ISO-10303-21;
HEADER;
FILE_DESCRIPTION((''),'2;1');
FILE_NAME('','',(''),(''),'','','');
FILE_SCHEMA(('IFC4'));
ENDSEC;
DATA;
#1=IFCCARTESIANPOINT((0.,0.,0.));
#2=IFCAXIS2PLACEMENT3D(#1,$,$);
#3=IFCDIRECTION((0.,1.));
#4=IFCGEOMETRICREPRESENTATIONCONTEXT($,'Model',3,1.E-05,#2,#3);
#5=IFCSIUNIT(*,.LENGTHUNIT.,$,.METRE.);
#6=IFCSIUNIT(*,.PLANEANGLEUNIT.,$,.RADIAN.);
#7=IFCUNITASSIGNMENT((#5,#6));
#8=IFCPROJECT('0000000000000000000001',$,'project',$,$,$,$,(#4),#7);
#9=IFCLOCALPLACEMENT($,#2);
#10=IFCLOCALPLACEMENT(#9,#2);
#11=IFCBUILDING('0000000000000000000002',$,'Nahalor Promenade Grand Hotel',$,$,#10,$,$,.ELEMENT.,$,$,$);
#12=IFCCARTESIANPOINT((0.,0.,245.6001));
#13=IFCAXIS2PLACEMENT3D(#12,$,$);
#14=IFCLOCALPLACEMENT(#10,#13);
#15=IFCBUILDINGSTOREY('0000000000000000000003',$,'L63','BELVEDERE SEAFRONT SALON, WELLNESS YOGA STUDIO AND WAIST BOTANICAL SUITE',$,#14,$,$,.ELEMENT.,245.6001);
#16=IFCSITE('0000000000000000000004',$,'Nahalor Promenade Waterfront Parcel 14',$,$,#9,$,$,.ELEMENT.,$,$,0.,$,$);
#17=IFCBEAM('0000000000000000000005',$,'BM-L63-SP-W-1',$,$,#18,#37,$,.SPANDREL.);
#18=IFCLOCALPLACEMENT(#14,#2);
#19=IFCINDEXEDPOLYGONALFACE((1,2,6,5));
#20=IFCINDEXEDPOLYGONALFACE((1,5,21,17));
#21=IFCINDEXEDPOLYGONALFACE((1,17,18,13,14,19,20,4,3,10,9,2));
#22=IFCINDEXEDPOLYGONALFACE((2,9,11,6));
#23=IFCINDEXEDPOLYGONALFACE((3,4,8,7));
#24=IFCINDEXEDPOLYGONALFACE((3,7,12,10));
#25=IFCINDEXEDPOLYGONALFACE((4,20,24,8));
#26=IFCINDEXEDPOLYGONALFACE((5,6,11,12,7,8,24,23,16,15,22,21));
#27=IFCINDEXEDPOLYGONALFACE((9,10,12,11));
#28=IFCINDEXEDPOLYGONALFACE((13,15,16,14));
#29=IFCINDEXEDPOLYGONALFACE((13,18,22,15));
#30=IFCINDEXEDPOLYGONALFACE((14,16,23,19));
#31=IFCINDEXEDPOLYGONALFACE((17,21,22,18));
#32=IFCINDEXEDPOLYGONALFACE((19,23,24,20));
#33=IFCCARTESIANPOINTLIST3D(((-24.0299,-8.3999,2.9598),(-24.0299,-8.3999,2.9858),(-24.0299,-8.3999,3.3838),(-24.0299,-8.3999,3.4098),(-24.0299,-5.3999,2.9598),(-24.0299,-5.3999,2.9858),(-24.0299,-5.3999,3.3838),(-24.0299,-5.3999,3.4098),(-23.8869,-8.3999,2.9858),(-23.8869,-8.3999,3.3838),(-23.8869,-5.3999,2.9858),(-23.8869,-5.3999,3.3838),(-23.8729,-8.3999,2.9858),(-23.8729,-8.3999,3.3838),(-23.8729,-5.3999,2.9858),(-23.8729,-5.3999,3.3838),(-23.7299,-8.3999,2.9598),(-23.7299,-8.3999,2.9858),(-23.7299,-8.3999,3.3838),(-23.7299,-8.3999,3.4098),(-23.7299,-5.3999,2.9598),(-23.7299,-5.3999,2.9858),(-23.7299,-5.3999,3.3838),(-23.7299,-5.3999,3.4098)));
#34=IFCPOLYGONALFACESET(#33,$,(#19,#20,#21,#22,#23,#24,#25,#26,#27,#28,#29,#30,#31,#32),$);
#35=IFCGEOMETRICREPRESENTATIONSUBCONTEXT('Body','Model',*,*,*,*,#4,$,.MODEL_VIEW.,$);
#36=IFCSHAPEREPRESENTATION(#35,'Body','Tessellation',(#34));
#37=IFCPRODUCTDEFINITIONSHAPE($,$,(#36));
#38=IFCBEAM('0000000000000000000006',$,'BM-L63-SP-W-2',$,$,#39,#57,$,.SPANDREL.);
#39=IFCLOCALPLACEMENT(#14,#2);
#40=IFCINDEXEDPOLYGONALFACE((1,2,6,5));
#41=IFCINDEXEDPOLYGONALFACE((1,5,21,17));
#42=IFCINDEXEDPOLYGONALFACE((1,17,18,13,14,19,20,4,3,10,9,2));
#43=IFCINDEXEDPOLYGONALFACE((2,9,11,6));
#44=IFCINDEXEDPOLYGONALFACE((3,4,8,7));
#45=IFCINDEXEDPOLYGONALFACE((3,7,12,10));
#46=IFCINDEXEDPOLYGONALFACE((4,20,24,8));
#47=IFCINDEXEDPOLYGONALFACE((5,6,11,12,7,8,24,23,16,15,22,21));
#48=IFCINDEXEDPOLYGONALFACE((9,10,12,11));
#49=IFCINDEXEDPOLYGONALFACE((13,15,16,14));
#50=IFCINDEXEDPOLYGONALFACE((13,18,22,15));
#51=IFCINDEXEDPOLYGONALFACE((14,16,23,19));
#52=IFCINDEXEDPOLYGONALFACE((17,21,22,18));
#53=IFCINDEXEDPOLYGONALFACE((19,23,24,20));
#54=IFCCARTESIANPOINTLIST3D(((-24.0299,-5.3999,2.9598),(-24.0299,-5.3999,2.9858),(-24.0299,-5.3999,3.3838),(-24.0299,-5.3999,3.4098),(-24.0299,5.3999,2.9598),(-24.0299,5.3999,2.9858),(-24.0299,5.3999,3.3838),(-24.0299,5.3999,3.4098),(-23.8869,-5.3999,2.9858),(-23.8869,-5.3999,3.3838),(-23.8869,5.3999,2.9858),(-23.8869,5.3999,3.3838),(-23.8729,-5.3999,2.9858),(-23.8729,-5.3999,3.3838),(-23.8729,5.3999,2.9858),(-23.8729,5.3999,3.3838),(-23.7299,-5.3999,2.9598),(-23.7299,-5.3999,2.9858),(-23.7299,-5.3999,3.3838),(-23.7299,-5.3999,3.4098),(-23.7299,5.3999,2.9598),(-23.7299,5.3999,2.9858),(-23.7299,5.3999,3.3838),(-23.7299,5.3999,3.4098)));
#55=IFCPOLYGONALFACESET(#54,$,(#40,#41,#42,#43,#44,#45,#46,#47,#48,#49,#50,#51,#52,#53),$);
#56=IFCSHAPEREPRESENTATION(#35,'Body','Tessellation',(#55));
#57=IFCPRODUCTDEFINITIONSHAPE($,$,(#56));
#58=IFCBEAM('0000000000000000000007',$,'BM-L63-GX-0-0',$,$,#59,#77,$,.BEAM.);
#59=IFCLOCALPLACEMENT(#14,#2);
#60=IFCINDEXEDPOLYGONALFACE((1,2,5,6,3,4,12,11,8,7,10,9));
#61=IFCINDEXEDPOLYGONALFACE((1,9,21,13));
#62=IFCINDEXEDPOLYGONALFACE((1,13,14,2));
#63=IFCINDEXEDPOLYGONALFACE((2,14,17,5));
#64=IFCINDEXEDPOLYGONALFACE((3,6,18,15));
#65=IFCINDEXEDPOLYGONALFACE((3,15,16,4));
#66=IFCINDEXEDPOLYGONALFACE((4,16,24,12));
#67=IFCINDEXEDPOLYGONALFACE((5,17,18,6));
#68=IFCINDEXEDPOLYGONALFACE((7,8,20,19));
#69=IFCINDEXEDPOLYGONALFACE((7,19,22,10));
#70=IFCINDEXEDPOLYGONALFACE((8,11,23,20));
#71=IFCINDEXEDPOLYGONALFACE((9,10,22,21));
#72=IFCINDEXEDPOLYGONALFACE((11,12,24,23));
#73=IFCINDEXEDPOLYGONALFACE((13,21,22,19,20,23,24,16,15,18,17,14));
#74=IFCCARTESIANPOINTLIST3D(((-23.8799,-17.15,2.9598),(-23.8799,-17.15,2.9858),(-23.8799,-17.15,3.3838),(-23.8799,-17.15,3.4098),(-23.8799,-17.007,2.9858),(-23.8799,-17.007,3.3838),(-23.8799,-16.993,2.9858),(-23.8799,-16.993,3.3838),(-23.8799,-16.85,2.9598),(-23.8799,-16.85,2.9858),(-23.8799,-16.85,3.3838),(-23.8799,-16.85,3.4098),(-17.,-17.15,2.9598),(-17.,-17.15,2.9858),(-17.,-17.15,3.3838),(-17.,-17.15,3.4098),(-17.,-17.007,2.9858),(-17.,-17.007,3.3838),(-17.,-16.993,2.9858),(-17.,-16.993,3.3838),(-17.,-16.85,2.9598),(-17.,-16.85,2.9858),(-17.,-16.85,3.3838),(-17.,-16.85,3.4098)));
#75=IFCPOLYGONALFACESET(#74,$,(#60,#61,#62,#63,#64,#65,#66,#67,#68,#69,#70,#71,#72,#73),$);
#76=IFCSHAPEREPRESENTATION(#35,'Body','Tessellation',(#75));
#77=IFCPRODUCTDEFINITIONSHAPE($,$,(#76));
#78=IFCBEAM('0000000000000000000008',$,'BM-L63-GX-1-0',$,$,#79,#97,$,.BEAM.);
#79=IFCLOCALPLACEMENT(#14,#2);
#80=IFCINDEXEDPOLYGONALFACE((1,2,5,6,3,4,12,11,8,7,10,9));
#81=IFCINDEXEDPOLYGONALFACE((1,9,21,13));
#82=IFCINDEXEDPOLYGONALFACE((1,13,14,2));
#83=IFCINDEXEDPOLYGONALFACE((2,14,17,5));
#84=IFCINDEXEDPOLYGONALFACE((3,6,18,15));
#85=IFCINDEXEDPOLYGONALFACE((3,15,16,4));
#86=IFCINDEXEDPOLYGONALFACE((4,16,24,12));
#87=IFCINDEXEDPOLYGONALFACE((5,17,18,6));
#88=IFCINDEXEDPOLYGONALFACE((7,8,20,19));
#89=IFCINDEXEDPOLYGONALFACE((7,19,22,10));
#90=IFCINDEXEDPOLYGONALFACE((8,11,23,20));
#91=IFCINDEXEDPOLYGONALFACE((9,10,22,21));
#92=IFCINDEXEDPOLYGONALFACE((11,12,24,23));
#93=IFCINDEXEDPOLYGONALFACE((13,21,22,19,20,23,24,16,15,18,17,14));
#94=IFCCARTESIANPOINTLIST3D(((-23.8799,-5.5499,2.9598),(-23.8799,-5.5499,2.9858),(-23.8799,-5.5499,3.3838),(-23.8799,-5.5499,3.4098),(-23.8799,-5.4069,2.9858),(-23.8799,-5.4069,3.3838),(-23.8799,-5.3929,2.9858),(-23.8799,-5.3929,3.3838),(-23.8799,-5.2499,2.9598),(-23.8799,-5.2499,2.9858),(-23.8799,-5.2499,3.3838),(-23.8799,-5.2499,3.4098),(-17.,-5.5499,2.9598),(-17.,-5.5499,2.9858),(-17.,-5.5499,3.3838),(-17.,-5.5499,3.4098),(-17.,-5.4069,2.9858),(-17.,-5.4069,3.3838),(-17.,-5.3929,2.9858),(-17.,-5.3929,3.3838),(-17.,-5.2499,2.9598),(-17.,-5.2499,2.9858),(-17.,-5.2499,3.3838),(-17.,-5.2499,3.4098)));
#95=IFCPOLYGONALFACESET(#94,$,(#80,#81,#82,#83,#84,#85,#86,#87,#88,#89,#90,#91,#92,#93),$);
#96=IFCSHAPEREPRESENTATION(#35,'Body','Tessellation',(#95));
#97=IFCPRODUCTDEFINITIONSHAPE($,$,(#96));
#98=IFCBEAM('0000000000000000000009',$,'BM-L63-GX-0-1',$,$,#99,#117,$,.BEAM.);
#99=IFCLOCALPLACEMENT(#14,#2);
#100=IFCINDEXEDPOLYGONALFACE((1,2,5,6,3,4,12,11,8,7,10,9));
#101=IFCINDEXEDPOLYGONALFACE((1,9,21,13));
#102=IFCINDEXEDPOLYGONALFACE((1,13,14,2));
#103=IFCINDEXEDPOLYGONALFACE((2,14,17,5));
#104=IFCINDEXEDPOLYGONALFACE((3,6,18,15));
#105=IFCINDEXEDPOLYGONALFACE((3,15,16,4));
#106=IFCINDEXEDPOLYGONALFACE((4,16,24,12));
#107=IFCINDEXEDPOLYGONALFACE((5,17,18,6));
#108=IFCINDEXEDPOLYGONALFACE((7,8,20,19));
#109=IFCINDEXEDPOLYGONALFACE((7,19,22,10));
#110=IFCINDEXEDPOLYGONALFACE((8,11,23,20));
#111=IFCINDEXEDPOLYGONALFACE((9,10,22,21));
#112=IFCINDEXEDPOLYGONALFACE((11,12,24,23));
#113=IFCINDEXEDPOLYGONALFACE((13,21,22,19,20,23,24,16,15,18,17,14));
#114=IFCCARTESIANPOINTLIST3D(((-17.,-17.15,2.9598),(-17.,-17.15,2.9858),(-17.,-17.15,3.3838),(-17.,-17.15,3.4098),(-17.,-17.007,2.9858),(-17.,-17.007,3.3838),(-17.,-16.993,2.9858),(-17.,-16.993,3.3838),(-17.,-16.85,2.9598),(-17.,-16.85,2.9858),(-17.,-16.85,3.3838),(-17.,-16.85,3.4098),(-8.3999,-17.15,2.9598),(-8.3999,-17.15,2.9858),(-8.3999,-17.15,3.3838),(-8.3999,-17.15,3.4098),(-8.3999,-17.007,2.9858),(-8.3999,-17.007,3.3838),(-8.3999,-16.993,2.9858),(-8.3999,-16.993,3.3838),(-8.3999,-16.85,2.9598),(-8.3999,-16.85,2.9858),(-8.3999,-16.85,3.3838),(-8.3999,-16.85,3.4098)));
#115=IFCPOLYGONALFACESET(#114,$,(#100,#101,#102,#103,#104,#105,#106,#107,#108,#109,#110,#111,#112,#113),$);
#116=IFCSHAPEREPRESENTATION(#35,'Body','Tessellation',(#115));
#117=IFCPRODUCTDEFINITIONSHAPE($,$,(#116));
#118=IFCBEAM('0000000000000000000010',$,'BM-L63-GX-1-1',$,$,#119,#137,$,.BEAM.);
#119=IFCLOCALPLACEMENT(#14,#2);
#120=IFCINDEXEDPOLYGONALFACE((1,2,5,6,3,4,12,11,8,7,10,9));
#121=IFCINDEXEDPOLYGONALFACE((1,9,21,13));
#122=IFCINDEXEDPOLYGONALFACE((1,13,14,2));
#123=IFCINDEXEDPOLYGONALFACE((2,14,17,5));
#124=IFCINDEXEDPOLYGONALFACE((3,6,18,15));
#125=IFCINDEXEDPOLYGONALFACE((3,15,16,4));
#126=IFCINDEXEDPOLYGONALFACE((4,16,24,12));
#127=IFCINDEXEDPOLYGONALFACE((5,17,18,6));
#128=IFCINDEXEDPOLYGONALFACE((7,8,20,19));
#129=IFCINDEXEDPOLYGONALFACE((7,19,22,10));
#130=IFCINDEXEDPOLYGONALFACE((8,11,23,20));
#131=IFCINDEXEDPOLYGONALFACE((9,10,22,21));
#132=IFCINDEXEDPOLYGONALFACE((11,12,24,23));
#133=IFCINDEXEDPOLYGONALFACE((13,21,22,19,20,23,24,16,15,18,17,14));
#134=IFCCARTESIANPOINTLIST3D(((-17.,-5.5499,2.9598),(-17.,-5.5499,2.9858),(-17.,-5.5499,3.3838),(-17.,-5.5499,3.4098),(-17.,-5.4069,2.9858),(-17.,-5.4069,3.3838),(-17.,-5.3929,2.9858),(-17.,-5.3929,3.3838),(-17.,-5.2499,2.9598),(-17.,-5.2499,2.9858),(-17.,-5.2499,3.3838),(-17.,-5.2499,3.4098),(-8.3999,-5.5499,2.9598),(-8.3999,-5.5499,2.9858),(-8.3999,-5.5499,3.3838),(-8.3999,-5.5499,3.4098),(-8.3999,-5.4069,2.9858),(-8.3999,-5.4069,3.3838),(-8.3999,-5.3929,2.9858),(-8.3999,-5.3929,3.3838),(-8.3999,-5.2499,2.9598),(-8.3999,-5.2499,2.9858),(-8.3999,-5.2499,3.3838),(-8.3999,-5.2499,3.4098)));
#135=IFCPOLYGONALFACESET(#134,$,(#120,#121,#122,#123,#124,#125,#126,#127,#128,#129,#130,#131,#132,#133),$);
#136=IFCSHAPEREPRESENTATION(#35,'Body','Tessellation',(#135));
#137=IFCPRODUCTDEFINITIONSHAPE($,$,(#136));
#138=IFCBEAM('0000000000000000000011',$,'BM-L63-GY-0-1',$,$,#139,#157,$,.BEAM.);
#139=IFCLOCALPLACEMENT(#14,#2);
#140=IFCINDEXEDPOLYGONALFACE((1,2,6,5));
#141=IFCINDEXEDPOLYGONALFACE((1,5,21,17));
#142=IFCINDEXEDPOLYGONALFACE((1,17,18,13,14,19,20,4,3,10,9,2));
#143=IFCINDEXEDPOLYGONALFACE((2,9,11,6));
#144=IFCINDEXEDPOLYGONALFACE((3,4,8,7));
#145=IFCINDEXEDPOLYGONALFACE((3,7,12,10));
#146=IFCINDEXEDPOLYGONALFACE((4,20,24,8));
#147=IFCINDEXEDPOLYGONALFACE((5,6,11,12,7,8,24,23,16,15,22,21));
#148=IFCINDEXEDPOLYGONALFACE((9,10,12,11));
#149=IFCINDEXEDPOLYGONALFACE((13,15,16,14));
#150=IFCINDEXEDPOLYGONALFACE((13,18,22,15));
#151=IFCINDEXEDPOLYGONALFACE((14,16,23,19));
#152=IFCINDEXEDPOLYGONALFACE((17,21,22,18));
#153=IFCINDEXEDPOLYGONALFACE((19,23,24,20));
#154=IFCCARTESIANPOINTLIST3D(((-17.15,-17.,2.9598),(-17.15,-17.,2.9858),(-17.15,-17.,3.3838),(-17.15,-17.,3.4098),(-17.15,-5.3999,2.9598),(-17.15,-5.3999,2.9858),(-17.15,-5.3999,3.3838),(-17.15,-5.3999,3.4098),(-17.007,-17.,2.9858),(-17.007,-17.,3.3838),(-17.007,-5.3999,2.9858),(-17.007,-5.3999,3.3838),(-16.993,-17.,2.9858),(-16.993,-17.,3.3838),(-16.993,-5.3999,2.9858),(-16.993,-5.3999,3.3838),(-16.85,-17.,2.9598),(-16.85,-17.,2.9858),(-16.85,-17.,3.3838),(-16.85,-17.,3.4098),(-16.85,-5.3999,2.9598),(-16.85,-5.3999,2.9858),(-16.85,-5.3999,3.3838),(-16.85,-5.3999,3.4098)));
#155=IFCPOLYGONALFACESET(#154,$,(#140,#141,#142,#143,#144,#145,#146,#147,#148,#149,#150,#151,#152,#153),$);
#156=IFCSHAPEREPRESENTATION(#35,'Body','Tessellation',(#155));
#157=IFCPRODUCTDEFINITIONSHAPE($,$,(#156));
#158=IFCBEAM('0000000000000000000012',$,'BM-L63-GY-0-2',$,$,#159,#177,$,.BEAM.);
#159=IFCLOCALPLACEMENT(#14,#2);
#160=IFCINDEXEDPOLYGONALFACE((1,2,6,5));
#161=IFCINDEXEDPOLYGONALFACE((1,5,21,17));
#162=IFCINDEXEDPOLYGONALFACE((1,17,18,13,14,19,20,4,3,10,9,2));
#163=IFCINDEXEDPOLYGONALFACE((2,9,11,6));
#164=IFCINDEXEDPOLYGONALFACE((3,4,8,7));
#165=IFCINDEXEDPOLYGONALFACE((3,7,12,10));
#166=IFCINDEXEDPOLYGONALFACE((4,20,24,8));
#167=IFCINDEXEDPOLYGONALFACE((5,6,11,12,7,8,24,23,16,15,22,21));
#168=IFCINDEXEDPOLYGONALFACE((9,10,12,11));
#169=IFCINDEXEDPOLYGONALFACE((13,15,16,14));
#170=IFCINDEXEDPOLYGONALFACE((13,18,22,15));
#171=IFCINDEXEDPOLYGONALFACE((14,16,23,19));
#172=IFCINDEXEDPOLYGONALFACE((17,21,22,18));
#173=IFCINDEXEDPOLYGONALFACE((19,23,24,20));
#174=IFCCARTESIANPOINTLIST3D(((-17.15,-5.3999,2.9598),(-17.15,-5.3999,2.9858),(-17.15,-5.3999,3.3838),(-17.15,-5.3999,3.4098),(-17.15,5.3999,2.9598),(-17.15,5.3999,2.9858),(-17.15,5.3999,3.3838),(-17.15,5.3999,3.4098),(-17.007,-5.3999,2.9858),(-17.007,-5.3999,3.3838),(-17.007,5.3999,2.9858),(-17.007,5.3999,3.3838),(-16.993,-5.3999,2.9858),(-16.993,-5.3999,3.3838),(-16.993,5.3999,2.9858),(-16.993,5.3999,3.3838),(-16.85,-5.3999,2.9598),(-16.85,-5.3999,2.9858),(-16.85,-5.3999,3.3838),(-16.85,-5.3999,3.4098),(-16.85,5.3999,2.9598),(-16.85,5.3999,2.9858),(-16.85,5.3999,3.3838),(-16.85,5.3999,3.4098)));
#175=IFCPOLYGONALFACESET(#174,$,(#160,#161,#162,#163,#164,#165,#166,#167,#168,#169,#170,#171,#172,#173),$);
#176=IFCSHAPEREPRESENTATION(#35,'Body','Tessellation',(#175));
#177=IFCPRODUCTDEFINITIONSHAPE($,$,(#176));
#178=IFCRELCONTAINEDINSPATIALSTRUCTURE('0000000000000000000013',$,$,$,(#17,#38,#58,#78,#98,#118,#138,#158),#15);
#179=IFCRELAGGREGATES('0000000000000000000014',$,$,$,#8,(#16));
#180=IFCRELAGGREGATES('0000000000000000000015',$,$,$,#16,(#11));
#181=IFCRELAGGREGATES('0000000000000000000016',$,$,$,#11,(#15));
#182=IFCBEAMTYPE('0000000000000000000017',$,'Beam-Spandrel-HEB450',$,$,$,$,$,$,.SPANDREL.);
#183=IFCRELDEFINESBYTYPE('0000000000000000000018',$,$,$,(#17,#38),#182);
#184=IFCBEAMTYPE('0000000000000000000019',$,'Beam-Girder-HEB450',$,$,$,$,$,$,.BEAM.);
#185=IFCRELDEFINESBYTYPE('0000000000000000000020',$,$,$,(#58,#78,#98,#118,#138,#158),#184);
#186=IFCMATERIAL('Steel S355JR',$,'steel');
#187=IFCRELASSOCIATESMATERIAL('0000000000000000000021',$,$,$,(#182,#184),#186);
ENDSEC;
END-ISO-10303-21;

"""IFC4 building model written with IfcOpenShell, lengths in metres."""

from ifc_helpers import new_model, si_unit, direction, frame, origin, origin_2d, place, context, subcontext, project, spatial, i_section, extrude, source, transform, mapped, material, material_profile, profile_set, type_object, element, save


model = new_model("IFC4")

# Units and contexts
model_context = context("Model", 3, precision=1e-05, world=origin(), true_north=direction((0.0, 1.0)))
body_context = subcontext(model_context, "Body", "Model", "MODEL_VIEW")
ifc_project = project(units=[si_unit("LENGTHUNIT", "METRE"), si_unit("PLANEANGLEUNIT", "RADIAN")], contexts=[model_context])

# Site, building, storey
site_placement = place(None, origin())
site = spatial("IfcSite", under=ifc_project, at=site_placement, Name="Nahalor Promenade Waterfront Parcel 14", CompositionType="ELEMENT", RefElevation=0.0)
building_placement = place(site_placement, origin())
building = spatial("IfcBuilding", under=site, at=building_placement, Name="Nahalor Promenade Grand Hotel", CompositionType="ELEMENT")
storey_placement = place(building_placement, frame((0.0, 0.0, 245.6001)))
storey = spatial("IfcBuildingStorey", under=building, at=storey_placement, Name="L63", Description="BELVEDERE SEAFRONT SALON, WELLNESS YOGA STUDIO AND WAIST BOTANICAL SUITE", CompositionType="ELEMENT", Elevation=245.6001)

# Shared definitions
ifc_material_1 = material(Name="Steel S355JR", Category="steel")

# Beams
ifc_material_profile_1 = material_profile(ifc_material_1, i_section(OverallWidth=0.3, OverallDepth=0.45, WebThickness=0.014, FlangeThickness=0.026, at=origin_2d()), Name="HEB 450")
ifc_profile_set_1 = profile_set([ifc_material_profile_1], Name="Steel S355JR")
beam_type_1 = type_object("IfcBeamType", Name="Beam-Spandrel-HEB450", PredefinedType="SPANDREL", material=ifc_profile_set_1)
shared_shape_1 = source(origin(), body_context, "Body", "SweptSolid", [
    extrude(i_section(OverallWidth=0.3, OverallDepth=0.45, WebThickness=0.014, FlangeThickness=0.026, at=origin_2d()), origin(), (0.0, 0.0, 1.0), 3.0),
])
beam_1_placement = place(storey_placement, frame((-23.8799, -8.3999, 3.1848), z_axis=(0.0, 1.0, 0.0), x_axis=(-1.0, 0.0, 0.0)))
element("IfcBeam", 1, at=beam_1_placement, inside=storey, type_object=beam_type_1, Name="BM-L63-SP-W-1", PredefinedType="SPANDREL", context=body_context, shape_type="MappedRepresentation", body=[
    mapped(shared_shape_1, transform((0.0, 0.0, 0.0), scale=1.0)),
])
shared_shape_2 = source(origin(), body_context, "Body", "SweptSolid", [
    extrude(i_section(OverallWidth=0.3, OverallDepth=0.45, WebThickness=0.014, FlangeThickness=0.026, at=origin_2d()), origin(), (0.0, 0.0, 1.0), 10.7998),
])
beam_2_placement = place(storey_placement, frame((-23.8799, -5.3999, 3.1848), z_axis=(0.0, 1.0, 0.0), x_axis=(-1.0, 0.0, 0.0)))
element("IfcBeam", 2, at=beam_2_placement, inside=storey, type_object=beam_type_1, Name="BM-L63-SP-W-2", PredefinedType="SPANDREL", context=body_context, shape_type="MappedRepresentation", body=[
    mapped(shared_shape_2, transform((0.0, 0.0, 0.0), scale=1.0)),
])
ifc_material_profile_2 = material_profile(ifc_material_1, i_section(OverallWidth=0.3, OverallDepth=0.45, WebThickness=0.014, FlangeThickness=0.026, at=origin_2d()), Name="HEB 450")
ifc_profile_set_2 = profile_set([ifc_material_profile_2], Name="Steel S355JR")
beam_type_2 = type_object("IfcBeamType", Name="Beam-Girder-HEB450", PredefinedType="BEAM", material=ifc_profile_set_2)
shared_shape_3 = source(origin(), body_context, "Body", "SweptSolid", [
    extrude(i_section(OverallWidth=0.3, OverallDepth=0.45, WebThickness=0.014, FlangeThickness=0.026, at=origin_2d()), origin(), (0.0, 0.0, 1.0), 6.8799),
])
for number, where, z_axis, x_axis, name in (
    (3, (-23.8799, -17.0, 3.1848), (1.0, 0.0, 0.0), (0.0, 1.0, 0.0), "BM-L63-GX-0-0"),
    (4, (-23.8799, -5.3999, 3.1848), (1.0, 0.0, 0.0), (0.0, 1.0, 0.0), "BM-L63-GX-1-0"),
):
    element("IfcBeam", number, at=place(storey_placement, frame(where, z_axis=z_axis, x_axis=x_axis)), inside=storey, type_object=beam_type_2, Name=name, PredefinedType="BEAM", context=body_context, shape_type="MappedRepresentation", body=[
        mapped(shared_shape_3, transform((0.0, 0.0, 0.0), scale=1.0)),
    ])
shared_shape_4 = source(origin(), body_context, "Body", "SweptSolid", [
    extrude(i_section(OverallWidth=0.3, OverallDepth=0.45, WebThickness=0.014, FlangeThickness=0.026, at=origin_2d()), origin(), (0.0, 0.0, 1.0), 8.6001),
])
for number, where, z_axis, x_axis, name in (
    (5, (-17.0, -17.0, 3.1848), (1.0, 0.0, 0.0), (0.0, 1.0, 0.0), "BM-L63-GX-0-1"),
    (6, (-17.0, -5.3999, 3.1848), (1.0, 0.0, 0.0), (0.0, 1.0, 0.0), "BM-L63-GX-1-1"),
):
    element("IfcBeam", number, at=place(storey_placement, frame(where, z_axis=z_axis, x_axis=x_axis)), inside=storey, type_object=beam_type_2, Name=name, PredefinedType="BEAM", context=body_context, shape_type="MappedRepresentation", body=[
        mapped(shared_shape_4, transform((0.0, 0.0, 0.0), scale=1.0)),
    ])
shared_shape_5 = source(origin(), body_context, "Body", "SweptSolid", [
    extrude(i_section(OverallWidth=0.3, OverallDepth=0.45, WebThickness=0.014, FlangeThickness=0.026, at=origin_2d()), origin(), (0.0, 0.0, 1.0), 11.6001),
])
beam_3_placement = place(storey_placement, frame((-17.0, -17.0, 3.1848), z_axis=(0.0, 1.0, 0.0), x_axis=(-1.0, 0.0, 0.0)))
element("IfcBeam", 7, at=beam_3_placement, inside=storey, type_object=beam_type_2, Name="BM-L63-GY-0-1", PredefinedType="BEAM", context=body_context, shape_type="MappedRepresentation", body=[
    mapped(shared_shape_5, transform((0.0, 0.0, 0.0), scale=1.0)),
])
shared_shape_6 = source(origin(), body_context, "Body", "SweptSolid", [
    extrude(i_section(OverallWidth=0.3, OverallDepth=0.45, WebThickness=0.014, FlangeThickness=0.026, at=origin_2d()), origin(), (0.0, 0.0, 1.0), 10.7998),
])
beam_4_placement = place(storey_placement, frame((-17.0, -5.3999, 3.1848), z_axis=(0.0, 1.0, 0.0), x_axis=(-1.0, 0.0, 0.0)))
element("IfcBeam", 8, at=beam_4_placement, inside=storey, type_object=beam_type_2, Name="BM-L63-GY-0-2", PredefinedType="BEAM", context=body_context, shape_type="MappedRepresentation", body=[
    mapped(shared_shape_6, transform((0.0, 0.0, 0.0), scale=1.0)),
])

save(model, "model.ifc")
